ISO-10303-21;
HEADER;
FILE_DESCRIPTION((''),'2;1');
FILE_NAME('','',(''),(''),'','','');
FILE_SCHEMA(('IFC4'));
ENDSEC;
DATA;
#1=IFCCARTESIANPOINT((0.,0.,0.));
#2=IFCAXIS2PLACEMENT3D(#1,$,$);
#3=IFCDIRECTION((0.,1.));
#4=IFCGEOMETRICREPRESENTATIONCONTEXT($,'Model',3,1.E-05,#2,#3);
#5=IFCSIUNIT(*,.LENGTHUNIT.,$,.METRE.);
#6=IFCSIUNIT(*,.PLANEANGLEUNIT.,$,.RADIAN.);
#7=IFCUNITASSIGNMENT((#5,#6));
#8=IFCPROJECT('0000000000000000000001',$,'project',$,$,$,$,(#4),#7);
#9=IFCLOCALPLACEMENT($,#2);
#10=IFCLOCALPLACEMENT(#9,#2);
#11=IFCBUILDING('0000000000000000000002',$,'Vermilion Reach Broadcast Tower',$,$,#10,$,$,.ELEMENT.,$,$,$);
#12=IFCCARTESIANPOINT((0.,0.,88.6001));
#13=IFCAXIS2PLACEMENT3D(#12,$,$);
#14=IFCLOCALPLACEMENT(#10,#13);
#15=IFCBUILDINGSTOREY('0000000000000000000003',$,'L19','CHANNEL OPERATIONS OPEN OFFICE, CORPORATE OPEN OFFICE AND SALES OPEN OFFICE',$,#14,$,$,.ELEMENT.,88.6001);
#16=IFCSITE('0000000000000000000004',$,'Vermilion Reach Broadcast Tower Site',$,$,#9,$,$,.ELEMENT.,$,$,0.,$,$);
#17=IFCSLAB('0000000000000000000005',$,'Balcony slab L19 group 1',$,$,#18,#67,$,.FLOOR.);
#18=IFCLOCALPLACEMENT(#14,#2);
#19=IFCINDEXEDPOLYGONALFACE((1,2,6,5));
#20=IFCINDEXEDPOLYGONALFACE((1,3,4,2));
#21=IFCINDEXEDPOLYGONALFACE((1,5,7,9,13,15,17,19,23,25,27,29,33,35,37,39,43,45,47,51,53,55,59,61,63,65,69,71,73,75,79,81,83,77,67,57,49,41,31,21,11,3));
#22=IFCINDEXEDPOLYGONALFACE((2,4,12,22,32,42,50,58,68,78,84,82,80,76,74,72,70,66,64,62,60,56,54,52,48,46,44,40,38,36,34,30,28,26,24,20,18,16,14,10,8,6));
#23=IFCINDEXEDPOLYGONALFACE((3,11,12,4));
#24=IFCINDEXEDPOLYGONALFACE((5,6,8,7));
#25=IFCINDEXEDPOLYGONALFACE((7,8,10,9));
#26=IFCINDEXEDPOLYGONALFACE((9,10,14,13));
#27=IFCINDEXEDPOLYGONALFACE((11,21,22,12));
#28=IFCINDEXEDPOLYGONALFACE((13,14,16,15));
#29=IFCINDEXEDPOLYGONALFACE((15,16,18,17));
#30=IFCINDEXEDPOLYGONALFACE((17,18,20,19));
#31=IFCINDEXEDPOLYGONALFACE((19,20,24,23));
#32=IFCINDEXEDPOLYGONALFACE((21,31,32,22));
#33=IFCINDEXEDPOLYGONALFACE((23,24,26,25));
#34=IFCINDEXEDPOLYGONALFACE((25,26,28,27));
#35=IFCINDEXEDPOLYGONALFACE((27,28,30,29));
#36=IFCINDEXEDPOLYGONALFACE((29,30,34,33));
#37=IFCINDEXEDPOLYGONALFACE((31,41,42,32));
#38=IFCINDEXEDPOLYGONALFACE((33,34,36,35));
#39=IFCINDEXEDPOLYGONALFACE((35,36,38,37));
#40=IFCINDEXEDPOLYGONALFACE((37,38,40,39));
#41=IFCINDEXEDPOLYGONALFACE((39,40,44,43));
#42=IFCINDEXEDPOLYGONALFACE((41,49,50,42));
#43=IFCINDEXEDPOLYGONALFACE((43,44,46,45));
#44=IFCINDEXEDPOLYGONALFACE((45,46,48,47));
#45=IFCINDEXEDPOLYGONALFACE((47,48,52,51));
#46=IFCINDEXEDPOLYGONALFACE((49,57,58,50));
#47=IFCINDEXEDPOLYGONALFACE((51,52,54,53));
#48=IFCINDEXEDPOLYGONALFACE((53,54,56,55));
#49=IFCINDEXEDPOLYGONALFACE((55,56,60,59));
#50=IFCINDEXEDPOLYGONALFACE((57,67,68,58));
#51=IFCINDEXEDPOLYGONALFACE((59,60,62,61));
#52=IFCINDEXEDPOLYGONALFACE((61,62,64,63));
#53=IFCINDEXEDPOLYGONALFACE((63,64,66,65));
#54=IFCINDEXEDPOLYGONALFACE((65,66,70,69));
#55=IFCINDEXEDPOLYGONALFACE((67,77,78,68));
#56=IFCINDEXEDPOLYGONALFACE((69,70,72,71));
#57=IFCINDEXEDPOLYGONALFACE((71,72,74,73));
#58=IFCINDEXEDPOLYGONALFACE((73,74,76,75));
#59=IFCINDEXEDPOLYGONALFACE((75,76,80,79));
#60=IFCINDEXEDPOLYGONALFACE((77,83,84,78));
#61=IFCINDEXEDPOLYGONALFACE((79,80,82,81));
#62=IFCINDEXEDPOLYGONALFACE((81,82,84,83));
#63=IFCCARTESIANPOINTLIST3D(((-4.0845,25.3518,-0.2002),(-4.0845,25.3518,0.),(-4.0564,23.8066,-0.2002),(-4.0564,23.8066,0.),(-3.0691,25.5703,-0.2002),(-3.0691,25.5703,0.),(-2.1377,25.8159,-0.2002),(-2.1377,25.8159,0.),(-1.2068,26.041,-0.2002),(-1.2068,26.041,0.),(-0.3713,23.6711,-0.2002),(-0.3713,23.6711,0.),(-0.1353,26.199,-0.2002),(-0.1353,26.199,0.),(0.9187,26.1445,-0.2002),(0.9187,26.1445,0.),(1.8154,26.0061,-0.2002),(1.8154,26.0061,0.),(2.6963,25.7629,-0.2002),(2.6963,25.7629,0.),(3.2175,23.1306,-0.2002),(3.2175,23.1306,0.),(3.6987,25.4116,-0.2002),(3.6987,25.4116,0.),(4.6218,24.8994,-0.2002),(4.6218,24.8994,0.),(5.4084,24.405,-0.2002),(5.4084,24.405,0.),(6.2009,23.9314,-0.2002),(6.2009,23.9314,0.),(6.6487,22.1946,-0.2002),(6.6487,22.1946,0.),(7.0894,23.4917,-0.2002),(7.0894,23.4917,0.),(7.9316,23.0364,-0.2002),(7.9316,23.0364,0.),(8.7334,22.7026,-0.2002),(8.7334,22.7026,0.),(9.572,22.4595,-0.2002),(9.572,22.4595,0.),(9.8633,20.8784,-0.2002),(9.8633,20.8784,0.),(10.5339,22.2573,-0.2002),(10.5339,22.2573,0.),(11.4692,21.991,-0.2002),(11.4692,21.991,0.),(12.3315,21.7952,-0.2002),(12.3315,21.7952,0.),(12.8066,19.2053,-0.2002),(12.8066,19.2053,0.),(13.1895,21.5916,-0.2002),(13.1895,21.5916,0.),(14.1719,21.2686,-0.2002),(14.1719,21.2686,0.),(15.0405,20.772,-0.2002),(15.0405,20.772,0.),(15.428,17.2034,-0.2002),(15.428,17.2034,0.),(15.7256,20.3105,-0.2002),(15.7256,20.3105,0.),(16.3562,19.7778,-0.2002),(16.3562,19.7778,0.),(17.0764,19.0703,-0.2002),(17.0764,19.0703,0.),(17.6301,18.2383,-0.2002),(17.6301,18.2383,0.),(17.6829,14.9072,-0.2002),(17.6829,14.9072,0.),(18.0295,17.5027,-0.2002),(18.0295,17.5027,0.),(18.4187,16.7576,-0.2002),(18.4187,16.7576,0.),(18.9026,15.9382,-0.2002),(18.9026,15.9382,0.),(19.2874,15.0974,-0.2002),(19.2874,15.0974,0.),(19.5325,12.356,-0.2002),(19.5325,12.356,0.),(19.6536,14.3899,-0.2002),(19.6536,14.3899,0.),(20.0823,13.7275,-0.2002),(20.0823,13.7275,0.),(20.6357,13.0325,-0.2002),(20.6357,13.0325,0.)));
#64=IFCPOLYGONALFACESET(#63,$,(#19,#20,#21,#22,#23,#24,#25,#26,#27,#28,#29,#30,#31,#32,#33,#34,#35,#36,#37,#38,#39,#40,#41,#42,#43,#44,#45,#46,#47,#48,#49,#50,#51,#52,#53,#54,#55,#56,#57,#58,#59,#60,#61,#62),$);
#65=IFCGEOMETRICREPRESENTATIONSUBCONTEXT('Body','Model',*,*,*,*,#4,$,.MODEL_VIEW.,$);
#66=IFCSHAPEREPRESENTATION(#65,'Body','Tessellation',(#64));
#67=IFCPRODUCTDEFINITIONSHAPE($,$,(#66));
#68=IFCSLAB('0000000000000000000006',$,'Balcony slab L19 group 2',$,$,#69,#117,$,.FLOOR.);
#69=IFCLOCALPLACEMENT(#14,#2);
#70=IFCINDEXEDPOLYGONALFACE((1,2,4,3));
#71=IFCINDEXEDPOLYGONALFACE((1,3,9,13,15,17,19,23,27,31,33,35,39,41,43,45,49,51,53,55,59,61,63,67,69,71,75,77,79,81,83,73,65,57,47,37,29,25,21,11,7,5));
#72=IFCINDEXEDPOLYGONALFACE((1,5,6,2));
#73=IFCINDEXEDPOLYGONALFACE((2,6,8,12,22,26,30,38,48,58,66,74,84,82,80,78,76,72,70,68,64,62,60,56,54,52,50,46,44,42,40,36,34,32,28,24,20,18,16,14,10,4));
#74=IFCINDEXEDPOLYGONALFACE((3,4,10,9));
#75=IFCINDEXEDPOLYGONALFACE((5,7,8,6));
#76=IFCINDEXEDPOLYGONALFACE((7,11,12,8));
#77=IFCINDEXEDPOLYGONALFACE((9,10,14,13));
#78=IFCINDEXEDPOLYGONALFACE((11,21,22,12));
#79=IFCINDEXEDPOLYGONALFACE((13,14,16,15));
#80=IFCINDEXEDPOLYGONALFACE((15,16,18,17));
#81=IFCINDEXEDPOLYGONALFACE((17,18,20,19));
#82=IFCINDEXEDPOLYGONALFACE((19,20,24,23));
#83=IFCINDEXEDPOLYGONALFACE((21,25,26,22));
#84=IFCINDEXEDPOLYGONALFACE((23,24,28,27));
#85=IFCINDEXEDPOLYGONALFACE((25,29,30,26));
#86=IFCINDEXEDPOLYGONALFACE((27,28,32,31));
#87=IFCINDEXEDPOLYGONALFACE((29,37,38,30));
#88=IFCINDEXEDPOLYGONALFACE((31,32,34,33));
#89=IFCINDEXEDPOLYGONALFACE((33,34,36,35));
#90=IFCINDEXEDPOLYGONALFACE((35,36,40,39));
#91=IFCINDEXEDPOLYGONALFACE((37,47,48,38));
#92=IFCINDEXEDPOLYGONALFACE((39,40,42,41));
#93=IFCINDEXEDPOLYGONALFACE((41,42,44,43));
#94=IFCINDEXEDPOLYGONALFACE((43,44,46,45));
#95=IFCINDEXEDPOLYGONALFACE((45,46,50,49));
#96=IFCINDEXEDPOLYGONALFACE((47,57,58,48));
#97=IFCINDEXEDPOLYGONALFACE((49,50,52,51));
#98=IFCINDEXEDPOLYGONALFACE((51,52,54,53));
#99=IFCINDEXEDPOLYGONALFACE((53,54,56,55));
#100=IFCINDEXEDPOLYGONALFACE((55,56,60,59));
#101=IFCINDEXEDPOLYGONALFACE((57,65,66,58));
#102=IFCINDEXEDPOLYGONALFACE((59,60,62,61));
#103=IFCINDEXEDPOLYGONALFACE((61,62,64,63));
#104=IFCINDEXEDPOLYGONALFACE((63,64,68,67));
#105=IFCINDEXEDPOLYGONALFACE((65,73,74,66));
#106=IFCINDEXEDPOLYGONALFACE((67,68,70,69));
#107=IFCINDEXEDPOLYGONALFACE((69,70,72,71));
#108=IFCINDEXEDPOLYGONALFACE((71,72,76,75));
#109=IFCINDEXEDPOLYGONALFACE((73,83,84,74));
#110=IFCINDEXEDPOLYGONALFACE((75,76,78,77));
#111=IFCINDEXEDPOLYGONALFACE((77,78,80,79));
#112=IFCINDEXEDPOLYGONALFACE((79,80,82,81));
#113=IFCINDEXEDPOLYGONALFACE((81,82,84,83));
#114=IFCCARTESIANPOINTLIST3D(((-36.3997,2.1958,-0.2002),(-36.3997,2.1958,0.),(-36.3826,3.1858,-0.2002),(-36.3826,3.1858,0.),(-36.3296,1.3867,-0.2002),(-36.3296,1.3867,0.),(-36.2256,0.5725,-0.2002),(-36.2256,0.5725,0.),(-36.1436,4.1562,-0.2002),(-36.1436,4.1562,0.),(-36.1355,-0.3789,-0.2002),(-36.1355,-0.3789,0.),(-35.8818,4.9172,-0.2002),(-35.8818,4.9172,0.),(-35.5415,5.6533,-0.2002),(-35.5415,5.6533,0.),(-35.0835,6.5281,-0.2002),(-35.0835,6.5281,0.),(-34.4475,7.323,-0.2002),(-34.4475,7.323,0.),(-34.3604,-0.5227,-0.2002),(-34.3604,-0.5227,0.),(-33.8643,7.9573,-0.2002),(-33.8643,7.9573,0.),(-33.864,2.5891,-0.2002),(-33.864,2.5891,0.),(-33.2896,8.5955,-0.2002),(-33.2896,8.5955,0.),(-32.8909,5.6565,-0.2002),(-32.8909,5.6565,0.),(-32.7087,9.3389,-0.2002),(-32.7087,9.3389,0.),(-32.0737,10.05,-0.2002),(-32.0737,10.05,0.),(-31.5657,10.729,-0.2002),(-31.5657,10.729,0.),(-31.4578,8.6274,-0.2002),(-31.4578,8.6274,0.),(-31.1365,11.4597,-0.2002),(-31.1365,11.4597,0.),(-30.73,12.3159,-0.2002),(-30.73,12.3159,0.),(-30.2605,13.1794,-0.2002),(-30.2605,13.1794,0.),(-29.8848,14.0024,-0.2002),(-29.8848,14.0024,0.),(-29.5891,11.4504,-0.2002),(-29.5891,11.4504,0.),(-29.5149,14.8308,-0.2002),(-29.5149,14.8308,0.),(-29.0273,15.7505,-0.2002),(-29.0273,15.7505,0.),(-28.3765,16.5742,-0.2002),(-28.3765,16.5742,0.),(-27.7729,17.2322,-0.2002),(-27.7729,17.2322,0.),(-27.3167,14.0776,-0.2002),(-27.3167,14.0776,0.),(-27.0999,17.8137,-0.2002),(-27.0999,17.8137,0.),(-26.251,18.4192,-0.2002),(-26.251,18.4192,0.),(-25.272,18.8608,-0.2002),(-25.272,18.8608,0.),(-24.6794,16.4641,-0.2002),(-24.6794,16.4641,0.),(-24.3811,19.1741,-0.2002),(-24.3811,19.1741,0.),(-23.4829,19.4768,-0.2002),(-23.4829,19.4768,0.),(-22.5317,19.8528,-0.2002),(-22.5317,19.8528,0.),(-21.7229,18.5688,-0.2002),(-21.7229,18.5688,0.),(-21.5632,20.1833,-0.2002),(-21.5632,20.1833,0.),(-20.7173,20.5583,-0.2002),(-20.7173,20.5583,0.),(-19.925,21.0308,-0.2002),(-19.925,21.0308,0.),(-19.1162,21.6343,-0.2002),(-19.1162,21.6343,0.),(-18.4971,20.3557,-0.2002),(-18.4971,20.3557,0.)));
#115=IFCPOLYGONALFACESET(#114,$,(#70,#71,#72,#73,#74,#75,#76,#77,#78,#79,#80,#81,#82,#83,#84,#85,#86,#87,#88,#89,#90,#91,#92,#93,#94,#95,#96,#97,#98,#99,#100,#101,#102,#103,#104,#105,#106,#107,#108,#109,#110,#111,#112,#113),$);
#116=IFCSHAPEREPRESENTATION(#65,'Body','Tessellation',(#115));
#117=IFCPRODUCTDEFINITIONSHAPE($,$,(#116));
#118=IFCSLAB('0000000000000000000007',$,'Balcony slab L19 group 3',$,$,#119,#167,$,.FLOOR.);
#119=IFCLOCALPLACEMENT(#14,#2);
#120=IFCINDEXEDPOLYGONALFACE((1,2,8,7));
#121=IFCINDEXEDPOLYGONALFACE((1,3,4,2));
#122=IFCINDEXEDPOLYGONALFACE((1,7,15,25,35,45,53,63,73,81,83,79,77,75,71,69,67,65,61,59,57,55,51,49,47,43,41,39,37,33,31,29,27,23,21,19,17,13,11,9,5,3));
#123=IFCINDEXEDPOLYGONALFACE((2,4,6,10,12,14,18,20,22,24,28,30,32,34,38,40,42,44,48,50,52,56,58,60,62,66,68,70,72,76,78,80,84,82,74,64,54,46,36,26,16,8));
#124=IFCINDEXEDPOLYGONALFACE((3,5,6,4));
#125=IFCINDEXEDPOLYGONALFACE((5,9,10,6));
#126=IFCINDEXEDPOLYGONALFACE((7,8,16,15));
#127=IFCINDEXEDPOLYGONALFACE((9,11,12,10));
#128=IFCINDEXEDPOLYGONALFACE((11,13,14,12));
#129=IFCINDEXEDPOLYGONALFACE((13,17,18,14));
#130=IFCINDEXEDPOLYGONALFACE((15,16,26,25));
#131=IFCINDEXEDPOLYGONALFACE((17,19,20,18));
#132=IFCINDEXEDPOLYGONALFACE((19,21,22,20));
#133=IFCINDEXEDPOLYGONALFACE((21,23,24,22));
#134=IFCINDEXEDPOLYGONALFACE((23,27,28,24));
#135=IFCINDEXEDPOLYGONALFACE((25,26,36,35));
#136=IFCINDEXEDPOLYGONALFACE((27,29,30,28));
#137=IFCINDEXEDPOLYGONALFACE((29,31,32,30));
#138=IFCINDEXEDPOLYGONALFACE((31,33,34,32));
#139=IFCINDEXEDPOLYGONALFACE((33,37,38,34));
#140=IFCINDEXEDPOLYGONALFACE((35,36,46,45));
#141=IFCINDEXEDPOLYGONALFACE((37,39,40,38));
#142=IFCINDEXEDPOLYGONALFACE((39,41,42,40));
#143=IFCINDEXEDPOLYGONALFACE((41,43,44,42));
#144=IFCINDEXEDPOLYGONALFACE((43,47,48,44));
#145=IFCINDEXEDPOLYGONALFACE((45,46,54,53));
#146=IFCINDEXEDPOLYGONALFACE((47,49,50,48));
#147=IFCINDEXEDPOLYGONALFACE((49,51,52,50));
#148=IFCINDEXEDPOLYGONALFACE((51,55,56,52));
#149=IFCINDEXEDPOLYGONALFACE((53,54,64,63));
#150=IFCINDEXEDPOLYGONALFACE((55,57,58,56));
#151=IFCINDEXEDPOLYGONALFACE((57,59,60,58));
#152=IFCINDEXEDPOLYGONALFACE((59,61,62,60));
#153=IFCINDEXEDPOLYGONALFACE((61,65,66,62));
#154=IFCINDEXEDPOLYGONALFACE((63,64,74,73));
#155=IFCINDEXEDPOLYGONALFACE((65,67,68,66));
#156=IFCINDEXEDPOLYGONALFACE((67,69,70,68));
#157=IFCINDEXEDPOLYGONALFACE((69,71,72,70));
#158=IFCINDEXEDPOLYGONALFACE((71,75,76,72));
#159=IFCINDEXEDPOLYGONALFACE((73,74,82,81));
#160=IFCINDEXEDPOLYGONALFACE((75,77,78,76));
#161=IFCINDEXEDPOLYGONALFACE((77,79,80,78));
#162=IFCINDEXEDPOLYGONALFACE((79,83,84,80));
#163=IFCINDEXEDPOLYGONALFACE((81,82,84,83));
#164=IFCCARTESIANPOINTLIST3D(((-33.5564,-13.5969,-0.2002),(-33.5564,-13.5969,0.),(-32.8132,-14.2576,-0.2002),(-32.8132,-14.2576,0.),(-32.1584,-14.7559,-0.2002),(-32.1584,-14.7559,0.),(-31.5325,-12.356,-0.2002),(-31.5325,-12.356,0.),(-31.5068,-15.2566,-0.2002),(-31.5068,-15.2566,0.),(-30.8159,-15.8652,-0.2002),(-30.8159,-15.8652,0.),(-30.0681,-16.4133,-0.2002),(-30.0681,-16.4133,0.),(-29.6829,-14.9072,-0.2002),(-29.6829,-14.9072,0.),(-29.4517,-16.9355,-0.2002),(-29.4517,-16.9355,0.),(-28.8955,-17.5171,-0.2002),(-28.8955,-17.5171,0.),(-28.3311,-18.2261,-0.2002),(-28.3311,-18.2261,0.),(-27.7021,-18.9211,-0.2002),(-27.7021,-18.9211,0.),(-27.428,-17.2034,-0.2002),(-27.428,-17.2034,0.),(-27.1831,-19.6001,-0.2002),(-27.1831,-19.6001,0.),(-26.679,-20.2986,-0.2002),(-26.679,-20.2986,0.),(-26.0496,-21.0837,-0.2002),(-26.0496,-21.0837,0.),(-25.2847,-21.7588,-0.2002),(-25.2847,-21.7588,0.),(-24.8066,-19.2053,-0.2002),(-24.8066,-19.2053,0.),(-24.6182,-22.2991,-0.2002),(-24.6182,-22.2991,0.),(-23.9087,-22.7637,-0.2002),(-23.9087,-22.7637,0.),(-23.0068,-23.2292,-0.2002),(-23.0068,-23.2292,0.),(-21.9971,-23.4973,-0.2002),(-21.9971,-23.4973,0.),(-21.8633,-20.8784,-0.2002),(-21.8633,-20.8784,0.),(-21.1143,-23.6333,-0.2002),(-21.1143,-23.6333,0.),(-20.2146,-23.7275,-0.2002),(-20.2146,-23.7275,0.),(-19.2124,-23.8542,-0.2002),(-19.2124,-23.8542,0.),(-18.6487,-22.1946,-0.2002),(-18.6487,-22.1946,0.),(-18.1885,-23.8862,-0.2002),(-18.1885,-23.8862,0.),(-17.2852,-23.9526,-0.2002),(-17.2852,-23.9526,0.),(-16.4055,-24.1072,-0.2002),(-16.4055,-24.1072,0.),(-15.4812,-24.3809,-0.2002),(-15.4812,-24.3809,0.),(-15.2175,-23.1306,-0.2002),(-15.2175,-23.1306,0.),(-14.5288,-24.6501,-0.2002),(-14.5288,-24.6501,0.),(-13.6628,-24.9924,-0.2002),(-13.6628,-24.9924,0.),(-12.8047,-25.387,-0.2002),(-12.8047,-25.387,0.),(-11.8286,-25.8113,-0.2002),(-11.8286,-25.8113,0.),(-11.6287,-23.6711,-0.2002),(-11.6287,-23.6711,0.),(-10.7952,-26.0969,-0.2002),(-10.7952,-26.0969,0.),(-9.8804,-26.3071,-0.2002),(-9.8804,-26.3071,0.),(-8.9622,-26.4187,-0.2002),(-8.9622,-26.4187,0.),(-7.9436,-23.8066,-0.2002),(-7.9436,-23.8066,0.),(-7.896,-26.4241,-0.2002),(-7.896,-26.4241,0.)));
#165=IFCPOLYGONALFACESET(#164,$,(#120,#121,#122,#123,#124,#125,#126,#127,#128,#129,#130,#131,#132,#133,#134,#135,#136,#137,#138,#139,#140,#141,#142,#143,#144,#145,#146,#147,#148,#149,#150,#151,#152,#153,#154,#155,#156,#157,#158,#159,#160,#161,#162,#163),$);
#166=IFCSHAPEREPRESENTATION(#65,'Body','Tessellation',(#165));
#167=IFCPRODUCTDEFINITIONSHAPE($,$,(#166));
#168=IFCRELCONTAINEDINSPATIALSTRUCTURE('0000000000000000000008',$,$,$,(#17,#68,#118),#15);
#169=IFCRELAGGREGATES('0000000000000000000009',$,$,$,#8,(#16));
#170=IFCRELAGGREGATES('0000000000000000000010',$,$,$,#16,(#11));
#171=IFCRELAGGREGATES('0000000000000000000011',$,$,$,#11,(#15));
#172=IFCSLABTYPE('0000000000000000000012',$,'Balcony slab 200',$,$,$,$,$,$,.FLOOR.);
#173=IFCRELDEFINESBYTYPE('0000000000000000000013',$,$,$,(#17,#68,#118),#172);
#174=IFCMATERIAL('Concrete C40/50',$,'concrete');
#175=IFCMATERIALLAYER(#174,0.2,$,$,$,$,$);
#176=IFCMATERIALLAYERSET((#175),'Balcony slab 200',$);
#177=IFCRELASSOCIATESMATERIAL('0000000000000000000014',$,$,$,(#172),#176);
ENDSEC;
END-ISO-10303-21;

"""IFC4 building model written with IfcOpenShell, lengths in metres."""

from ifc_helpers import new_model, si_unit, direction, frame, origin, place, context, subcontext, project, spatial, polyline, outline, extrude, material, layer, layer_set, type_object, element, save


model = new_model("IFC4")

# Units and contexts
model_context = context("Model", 3, precision=1e-05, world=origin(), true_north=direction((0.0, 1.0)))
body_context = subcontext(model_context, "Body", "Model", "MODEL_VIEW")
ifc_project = project(units=[si_unit("LENGTHUNIT", "METRE"), si_unit("PLANEANGLEUNIT", "RADIAN")], contexts=[model_context])

# Site, building, storey
site_placement = place(None, origin())
site = spatial("IfcSite", under=ifc_project, at=site_placement, Name="Vermilion Reach Broadcast Tower Site", CompositionType="ELEMENT", RefElevation=0.0)
building_placement = place(site_placement, origin())
building = spatial("IfcBuilding", under=site, at=building_placement, Name="Vermilion Reach Broadcast Tower", CompositionType="ELEMENT")
storey_placement = place(building_placement, frame((0.0, 0.0, 88.6001)))
storey = spatial("IfcBuildingStorey", under=building, at=storey_placement, Name="L19", Description="CHANNEL OPERATIONS OPEN OFFICE, CORPORATE OPEN OFFICE AND SALES OPEN OFFICE", CompositionType="ELEMENT", Elevation=88.6001)

# Slabs
ifc_material_1 = material(Name="Concrete C40/50", Category="concrete")
ifc_layer_1 = layer(ifc_material_1, 0.2)
ifc_layer_set_1 = layer_set([ifc_layer_1], Name="Balcony slab 200")
slab_type_1 = type_object("IfcSlabType", Name="Balcony slab 200", PredefinedType="FLOOR", material=ifc_layer_set_1)
placement_1 = place(storey_placement, frame((0.0, 0.0, -0.2002)))
element("IfcSlab", 1, at=placement_1, inside=storey, type_object=slab_type_1, Name="Balcony slab L19 group 1", PredefinedType="FLOOR", context=body_context, shape_type="SweptSolid", body=[
    extrude(outline(polyline([(19.5325, 12.356), (17.6829, 14.9072), (15.428, 17.2034), (12.8066, 19.2053), (9.8633, 20.8784), (6.6487, 22.1946), (3.2175, 23.1306), (-0.3713, 23.6711), (-4.0564, 23.8066), (-4.0845, 25.3518), (-3.0691, 25.5703), (-2.1377, 25.8159), (-1.2068, 26.041), (-0.1353, 26.199), (0.9187, 26.1445), (1.8154, 26.0061), (2.6963, 25.7629), (3.6987, 25.4116), (4.6218, 24.8994), (5.4084, 24.405), (6.2009, 23.9314), (7.0894, 23.4917), (7.9316, 23.0364), (8.7334, 22.7026), (9.572, 22.4595), (10.5339, 22.2573), (11.4692, 21.991), (12.3315, 21.7952), (13.1895, 21.5916), (14.1719, 21.2686), (15.0405, 20.772), (15.7256, 20.3105), (16.3562, 19.7778), (17.0764, 19.0703), (17.6301, 18.2383), (18.0295, 17.5027), (18.4187, 16.7576), (18.9026, 15.9382), (19.2874, 15.0974), (19.6536, 14.3899), (20.0823, 13.7275), (20.6357, 13.0325), (19.5325, 12.356)])), origin(), (0.0, 0.0, 1.0), 0.2002),
])
element("IfcSlab", 2, at=placement_1, inside=storey, type_object=slab_type_1, Name="Balcony slab L19 group 2", PredefinedType="FLOOR", context=body_context, shape_type="SweptSolid", body=[
    extrude(outline(polyline([(-18.4971, 20.3557), (-21.7229, 18.5688), (-24.6794, 16.4641), (-27.3167, 14.0776), (-29.5891, 11.4504), (-31.4578, 8.6274), (-32.8909, 5.6565), (-33.864, 2.5891), (-34.3604, -0.5227), (-36.1355, -0.3789), (-36.2256, 0.5725), (-36.3296, 1.3867), (-36.3997, 2.1958), (-36.3826, 3.1858), (-36.1436, 4.1562), (-35.8818, 4.9172), (-35.5415, 5.6533), (-35.0835, 6.5281), (-34.4475, 7.323), (-33.8643, 7.9573), (-33.2896, 8.5955), (-32.7087, 9.3389), (-32.0737, 10.05), (-31.5657, 10.729), (-31.1365, 11.4597), (-30.73, 12.3159), (-30.2605, 13.1794), (-29.8848, 14.0024), (-29.5149, 14.8308), (-29.0273, 15.7505), (-28.3765, 16.5742), (-27.7729, 17.2322), (-27.0999, 17.8137), (-26.251, 18.4192), (-25.272, 18.8608), (-24.3811, 19.1741), (-23.4829, 19.4768), (-22.5317, 19.8528), (-21.5632, 20.1833), (-20.7173, 20.5583), (-19.925, 21.0308), (-19.1162, 21.6343), (-18.4971, 20.3557)])), origin(), (0.0, 0.0, 1.0), 0.2002),
])
element("IfcSlab", 3, at=placement_1, inside=storey, type_object=slab_type_1, Name="Balcony slab L19 group 3", PredefinedType="FLOOR", context=body_context, shape_type="SweptSolid", body=[
    extrude(outline(polyline([(-31.5325, -12.356), (-29.6829, -14.9072), (-27.428, -17.2034), (-24.8066, -19.2053), (-21.8633, -20.8784), (-18.6487, -22.1946), (-15.2175, -23.1306), (-11.6287, -23.6711), (-7.9436, -23.8066), (-7.896, -26.4241), (-8.9622, -26.4187), (-9.8804, -26.3071), (-10.7952, -26.0969), (-11.8286, -25.8113), (-12.8047, -25.387), (-13.6628, -24.9924), (-14.5288, -24.6501), (-15.4812, -24.3809), (-16.4055, -24.1072), (-17.2852, -23.9526), (-18.1885, -23.8862), (-19.2124, -23.8542), (-20.2146, -23.7275), (-21.1143, -23.6333), (-21.9971, -23.4973), (-23.0068, -23.2292), (-23.9087, -22.7637), (-24.6182, -22.2991), (-25.2847, -21.7588), (-26.0496, -21.0837), (-26.679, -20.2986), (-27.1831, -19.6001), (-27.7021, -18.9211), (-28.3311, -18.2261), (-28.8955, -17.5171), (-29.4517, -16.9355), (-30.0681, -16.4133), (-30.8159, -15.8652), (-31.5068, -15.2566), (-32.1584, -14.7559), (-32.8132, -14.2576), (-33.5564, -13.5969), (-31.5325, -12.356)])), origin(), (0.0, 0.0, 1.0), 0.2002),
])

save(model, "model.ifc")
